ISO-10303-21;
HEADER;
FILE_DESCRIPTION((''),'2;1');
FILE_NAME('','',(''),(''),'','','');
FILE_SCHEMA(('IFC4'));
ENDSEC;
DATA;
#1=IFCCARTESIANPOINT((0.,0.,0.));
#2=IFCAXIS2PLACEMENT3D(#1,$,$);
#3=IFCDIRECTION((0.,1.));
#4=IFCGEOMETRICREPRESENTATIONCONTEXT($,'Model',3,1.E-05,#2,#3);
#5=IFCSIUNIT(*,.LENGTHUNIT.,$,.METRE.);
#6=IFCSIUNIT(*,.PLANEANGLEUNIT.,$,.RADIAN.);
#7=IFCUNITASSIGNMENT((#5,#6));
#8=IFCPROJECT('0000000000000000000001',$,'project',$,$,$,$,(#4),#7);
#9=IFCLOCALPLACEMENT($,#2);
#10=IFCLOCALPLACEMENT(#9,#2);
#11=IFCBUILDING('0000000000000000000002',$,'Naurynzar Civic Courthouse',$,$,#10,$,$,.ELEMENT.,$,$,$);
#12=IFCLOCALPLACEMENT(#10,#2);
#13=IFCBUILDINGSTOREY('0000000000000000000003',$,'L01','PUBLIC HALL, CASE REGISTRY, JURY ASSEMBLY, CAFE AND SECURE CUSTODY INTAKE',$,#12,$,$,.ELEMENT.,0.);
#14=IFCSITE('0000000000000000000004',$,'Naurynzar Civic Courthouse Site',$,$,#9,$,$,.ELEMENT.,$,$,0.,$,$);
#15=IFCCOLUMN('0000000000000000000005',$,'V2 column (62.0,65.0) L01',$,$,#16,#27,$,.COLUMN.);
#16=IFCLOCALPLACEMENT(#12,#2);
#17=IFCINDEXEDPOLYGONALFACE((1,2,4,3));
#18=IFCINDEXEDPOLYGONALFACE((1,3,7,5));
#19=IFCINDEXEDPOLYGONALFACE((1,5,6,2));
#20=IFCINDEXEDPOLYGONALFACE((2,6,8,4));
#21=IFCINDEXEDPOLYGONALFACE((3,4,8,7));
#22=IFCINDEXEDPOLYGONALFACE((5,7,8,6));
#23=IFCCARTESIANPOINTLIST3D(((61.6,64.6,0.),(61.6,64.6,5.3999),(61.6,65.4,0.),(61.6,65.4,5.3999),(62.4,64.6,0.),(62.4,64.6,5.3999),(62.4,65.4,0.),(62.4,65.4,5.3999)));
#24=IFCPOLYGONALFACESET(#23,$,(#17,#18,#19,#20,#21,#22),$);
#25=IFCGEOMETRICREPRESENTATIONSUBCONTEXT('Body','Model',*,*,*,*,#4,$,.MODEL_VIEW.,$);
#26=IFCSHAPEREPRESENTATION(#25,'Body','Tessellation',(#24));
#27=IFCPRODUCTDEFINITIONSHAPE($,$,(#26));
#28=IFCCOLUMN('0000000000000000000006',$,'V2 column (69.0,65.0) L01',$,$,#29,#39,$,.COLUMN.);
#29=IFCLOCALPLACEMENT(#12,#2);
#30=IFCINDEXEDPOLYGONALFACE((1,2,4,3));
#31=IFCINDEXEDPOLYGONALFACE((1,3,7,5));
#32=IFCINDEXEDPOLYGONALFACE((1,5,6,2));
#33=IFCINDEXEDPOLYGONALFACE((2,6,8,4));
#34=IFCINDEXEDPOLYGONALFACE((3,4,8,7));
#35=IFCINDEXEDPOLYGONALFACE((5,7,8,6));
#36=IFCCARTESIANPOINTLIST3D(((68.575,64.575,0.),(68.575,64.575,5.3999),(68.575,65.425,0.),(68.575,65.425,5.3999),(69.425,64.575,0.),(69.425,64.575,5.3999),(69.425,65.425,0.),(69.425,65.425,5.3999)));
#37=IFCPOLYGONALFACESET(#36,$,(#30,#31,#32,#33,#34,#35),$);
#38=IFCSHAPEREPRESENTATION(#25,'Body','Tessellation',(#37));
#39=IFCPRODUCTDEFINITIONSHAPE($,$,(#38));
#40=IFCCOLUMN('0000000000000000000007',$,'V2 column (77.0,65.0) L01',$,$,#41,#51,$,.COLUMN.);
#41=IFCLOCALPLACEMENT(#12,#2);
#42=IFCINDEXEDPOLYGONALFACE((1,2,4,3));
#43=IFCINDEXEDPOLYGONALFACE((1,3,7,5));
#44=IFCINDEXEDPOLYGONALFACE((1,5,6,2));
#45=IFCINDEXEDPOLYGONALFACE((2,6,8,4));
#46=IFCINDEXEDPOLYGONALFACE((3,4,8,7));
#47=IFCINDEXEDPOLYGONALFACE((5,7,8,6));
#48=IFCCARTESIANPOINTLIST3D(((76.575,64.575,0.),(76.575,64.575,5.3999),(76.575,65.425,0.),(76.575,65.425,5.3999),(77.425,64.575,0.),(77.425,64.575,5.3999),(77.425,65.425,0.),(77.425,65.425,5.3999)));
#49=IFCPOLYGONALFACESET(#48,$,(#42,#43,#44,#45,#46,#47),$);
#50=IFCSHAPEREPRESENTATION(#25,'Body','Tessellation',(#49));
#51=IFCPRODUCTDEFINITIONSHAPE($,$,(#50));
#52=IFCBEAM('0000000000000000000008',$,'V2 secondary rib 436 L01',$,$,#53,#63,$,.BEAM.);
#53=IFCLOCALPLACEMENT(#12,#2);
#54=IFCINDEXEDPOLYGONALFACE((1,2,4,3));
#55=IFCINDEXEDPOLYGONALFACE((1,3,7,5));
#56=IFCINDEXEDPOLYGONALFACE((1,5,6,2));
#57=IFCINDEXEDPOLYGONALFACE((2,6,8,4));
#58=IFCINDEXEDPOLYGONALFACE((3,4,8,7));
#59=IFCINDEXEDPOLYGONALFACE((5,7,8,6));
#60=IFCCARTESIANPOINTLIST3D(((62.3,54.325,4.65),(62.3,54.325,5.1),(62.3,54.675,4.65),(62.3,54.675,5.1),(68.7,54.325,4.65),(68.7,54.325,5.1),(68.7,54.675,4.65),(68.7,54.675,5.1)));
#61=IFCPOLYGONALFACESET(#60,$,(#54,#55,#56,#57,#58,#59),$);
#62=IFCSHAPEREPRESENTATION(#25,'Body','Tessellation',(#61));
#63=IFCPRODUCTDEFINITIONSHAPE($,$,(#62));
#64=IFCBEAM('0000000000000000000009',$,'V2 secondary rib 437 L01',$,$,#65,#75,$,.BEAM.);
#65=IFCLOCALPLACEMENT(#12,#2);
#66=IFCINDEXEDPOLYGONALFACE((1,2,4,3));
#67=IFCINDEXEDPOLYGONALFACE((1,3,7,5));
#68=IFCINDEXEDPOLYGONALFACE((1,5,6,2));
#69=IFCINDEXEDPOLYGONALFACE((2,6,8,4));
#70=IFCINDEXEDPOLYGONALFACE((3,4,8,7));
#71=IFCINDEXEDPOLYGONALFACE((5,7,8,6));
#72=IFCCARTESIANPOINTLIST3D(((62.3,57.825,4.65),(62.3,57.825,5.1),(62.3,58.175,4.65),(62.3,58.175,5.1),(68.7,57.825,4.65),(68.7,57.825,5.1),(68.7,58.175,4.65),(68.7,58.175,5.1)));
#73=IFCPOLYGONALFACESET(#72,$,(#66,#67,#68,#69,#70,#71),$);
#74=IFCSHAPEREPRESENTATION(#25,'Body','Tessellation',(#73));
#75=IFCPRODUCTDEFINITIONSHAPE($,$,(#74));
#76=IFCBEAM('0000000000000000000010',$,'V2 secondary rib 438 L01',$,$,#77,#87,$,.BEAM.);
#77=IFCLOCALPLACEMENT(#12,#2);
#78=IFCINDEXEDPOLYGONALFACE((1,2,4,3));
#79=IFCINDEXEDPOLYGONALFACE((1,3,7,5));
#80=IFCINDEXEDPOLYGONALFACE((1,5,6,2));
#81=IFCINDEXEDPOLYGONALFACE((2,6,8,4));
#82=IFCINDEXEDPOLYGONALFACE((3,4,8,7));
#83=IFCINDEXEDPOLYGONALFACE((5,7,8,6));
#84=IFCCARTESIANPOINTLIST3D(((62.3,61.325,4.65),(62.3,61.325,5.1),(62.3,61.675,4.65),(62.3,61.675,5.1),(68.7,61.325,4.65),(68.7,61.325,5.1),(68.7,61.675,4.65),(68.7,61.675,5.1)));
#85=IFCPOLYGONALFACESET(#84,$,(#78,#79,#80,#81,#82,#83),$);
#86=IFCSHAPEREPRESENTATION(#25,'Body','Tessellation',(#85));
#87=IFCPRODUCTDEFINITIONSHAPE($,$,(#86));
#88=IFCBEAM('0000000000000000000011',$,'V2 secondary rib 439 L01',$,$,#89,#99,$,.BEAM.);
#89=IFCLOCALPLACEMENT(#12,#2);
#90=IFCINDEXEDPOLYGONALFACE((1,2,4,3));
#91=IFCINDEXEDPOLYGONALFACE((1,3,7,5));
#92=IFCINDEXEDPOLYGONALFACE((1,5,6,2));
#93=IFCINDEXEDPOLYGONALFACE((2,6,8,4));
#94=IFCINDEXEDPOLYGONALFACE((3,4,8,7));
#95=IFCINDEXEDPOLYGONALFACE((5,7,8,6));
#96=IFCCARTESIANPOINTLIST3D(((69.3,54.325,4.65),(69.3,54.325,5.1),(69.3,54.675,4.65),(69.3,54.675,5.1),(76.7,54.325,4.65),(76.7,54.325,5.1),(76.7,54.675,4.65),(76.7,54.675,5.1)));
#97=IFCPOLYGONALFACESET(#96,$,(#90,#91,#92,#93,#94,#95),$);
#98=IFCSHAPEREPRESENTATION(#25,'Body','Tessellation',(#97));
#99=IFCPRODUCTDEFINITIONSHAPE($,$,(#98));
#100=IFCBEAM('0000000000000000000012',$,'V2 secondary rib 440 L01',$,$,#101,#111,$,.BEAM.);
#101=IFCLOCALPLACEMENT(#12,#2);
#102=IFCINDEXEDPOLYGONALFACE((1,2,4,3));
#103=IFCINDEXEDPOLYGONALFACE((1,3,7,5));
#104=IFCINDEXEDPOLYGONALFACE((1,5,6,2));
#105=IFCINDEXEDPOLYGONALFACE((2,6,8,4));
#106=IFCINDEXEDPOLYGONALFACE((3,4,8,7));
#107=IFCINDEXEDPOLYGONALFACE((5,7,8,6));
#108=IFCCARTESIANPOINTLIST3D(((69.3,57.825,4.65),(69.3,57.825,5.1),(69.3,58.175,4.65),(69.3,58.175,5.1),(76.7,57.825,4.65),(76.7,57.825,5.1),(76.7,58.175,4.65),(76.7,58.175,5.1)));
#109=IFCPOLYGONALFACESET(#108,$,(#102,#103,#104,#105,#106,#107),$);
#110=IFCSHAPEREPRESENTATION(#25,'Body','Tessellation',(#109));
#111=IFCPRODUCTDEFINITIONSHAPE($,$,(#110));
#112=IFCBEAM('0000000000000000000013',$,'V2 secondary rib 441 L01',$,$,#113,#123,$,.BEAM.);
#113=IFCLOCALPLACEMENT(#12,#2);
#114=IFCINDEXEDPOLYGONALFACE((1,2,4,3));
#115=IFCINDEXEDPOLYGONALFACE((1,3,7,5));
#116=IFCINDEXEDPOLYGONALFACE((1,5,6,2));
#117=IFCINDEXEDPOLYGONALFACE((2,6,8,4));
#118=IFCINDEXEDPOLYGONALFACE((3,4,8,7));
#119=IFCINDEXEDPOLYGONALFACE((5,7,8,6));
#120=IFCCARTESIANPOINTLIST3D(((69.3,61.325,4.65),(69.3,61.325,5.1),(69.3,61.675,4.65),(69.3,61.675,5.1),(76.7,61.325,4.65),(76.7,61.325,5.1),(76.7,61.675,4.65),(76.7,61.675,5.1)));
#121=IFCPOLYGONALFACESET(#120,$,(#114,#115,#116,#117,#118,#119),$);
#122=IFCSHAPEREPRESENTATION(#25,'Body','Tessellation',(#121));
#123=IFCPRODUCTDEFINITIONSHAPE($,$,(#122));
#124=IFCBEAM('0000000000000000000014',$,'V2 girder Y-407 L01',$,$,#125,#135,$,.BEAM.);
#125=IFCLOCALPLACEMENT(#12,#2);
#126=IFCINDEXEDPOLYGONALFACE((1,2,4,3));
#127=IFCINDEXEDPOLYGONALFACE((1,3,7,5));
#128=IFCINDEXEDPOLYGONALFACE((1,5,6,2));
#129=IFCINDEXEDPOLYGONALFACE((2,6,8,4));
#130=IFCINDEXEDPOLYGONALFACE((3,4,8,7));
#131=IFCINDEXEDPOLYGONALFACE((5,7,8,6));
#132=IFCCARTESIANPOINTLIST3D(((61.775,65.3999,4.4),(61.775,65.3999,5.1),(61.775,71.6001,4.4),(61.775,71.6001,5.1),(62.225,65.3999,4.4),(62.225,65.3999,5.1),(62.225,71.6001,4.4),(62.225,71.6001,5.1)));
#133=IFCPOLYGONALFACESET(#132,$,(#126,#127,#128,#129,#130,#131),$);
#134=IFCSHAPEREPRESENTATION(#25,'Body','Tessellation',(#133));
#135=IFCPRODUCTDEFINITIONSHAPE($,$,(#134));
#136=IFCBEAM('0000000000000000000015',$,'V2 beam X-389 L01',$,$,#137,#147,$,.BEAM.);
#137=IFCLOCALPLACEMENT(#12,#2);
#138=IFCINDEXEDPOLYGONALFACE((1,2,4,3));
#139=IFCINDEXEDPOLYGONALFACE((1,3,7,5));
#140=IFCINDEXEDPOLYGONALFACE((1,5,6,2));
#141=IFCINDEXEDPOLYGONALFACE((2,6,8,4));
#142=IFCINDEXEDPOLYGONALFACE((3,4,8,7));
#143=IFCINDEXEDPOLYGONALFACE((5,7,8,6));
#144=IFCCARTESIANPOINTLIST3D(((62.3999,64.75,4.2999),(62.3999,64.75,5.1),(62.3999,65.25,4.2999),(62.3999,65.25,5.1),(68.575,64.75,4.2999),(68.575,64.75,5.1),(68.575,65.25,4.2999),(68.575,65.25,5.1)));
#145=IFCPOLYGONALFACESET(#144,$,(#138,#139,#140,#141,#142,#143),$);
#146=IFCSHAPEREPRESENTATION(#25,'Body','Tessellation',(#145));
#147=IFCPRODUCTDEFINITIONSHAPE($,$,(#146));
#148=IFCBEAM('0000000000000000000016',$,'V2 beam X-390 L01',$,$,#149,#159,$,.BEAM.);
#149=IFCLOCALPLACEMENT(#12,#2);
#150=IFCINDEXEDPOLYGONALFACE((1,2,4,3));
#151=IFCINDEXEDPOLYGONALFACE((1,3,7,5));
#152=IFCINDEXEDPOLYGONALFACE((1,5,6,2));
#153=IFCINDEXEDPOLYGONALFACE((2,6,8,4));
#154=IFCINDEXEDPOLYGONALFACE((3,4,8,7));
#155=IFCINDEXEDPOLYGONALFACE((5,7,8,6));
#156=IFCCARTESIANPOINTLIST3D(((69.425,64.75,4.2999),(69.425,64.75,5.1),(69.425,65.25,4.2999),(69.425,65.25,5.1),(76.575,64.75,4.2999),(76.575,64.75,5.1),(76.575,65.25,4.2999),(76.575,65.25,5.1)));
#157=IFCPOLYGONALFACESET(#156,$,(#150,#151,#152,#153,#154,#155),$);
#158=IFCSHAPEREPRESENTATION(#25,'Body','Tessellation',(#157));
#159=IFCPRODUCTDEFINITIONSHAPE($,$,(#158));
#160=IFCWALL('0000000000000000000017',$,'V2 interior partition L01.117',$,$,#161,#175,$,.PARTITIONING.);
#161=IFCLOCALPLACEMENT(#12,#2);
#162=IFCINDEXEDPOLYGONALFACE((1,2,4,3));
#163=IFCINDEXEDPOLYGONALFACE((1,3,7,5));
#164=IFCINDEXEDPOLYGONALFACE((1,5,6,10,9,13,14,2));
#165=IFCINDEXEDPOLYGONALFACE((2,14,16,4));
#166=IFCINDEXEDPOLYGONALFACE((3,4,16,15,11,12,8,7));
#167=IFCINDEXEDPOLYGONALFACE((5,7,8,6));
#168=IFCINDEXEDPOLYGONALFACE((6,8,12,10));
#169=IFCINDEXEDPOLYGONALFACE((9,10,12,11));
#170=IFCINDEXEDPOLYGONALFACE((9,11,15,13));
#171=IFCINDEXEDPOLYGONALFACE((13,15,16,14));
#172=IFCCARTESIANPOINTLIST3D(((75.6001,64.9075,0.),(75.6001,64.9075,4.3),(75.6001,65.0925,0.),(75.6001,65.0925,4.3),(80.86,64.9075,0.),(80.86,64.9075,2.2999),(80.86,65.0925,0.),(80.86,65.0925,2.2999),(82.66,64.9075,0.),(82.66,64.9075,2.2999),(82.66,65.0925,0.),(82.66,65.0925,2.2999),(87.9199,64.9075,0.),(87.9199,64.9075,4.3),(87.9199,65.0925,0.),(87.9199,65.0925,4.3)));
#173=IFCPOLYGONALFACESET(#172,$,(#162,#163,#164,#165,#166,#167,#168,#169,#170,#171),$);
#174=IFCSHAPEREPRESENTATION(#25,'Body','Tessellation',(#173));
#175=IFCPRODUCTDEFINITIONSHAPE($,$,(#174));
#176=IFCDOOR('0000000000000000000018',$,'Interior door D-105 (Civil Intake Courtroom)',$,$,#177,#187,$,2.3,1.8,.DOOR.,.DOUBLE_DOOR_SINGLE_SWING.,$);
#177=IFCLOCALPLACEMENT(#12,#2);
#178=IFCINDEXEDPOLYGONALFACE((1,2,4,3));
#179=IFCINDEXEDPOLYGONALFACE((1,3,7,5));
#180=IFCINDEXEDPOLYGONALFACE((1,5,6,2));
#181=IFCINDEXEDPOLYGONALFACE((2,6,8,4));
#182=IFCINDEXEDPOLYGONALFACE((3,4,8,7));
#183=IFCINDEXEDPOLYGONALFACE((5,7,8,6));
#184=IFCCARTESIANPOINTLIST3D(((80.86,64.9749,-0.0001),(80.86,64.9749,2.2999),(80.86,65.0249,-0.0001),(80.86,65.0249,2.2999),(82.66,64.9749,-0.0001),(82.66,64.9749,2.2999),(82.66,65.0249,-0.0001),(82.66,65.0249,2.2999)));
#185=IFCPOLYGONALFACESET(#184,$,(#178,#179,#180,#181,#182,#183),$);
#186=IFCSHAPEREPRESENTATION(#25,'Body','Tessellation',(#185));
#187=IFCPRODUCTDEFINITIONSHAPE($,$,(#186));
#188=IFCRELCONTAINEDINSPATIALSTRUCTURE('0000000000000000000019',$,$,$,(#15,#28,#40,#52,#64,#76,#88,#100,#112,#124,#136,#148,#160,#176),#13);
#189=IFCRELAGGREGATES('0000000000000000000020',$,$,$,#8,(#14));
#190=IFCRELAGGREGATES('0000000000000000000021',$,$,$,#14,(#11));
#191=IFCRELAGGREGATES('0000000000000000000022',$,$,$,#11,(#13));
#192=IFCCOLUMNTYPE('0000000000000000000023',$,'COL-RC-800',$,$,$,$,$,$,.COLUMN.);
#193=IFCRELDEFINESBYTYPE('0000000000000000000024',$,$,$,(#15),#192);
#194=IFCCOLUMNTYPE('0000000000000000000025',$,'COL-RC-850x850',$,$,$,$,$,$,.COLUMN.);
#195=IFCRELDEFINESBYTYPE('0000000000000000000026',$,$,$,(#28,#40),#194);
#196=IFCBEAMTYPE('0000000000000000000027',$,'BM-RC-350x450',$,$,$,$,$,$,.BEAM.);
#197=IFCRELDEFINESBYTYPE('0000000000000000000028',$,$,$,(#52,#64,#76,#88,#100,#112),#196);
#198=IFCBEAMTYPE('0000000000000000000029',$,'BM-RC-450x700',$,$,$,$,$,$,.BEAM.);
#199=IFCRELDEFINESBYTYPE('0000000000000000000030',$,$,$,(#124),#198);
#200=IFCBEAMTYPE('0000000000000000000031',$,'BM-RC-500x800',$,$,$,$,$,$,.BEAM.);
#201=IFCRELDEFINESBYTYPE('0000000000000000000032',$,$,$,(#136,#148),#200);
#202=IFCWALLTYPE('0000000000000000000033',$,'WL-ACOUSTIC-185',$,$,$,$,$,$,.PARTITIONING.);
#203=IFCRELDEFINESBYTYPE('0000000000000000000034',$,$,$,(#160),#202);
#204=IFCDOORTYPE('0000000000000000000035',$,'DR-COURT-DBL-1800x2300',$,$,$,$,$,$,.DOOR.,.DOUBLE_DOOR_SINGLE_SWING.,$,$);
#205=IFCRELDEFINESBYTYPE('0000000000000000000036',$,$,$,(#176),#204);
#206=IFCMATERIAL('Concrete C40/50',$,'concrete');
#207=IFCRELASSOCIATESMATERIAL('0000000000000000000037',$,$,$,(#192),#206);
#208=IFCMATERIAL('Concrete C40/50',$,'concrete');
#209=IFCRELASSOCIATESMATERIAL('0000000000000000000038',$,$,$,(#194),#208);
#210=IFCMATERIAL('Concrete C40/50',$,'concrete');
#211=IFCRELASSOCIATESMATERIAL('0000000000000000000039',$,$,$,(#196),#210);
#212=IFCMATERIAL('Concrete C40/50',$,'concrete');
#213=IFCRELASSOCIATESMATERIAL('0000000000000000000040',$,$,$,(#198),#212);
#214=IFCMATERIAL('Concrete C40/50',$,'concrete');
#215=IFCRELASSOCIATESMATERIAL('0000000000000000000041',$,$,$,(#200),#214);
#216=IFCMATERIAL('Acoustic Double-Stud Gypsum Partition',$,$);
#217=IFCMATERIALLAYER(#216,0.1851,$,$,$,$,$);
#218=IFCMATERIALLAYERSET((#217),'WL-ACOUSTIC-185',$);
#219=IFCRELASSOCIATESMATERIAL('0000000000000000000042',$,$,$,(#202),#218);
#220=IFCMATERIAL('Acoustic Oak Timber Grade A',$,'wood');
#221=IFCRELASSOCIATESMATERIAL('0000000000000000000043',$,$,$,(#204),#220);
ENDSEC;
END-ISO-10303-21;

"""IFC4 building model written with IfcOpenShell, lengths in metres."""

from ifc_helpers import new_model, si_unit, direction, frame, frame_2d, origin, origin_2d, place, context, subcontext, project, spatial, rectangle, extrude, material, layer, layer_set, material_profile, profile_set, type_object, element, fill, save


model = new_model("IFC4")

# Units and contexts
model_context = context("Model", 3, precision=1e-05, world=origin(), true_north=direction((0.0, 1.0)))
body_context = subcontext(model_context, "Body", "Model", "MODEL_VIEW")
ifc_project = project(units=[si_unit("LENGTHUNIT", "METRE"), si_unit("PLANEANGLEUNIT", "RADIAN")], contexts=[model_context])

# Site, building, storey
site_placement = place(None, origin())
site = spatial("IfcSite", under=ifc_project, at=site_placement, Name="Naurynzar Civic Courthouse Site", CompositionType="ELEMENT", RefElevation=0.0)
building_placement = place(site_placement, origin())
building = spatial("IfcBuilding", under=site, at=building_placement, Name="Naurynzar Civic Courthouse", CompositionType="ELEMENT")
storey_placement = place(building_placement, origin())
storey = spatial("IfcBuildingStorey", under=building, at=storey_placement, Name="L01", Description="PUBLIC HALL, CASE REGISTRY, JURY ASSEMBLY, CAFE AND SECURE CUSTODY INTAKE", CompositionType="ELEMENT", Elevation=0.0)

# Columns
ifc_material_1 = material(Name="Concrete C40/50", Category="concrete")
ifc_material_profile_1 = material_profile(ifc_material_1, rectangle(XDim=0.8, YDim=0.8, at=origin_2d()), Name="RC 800x800")
ifc_profile_set_1 = profile_set([ifc_material_profile_1], Name="Concrete C40/50")
column_type_1 = type_object("IfcColumnType", Name="COL-RC-800", PredefinedType="COLUMN", material=ifc_profile_set_1)
column_placement = place(storey_placement, frame((62.0, 65.0, 0.0), z_axis=(0.0, 0.0, 1.0), x_axis=(1.0, 0.0, 0.0)))
element("IfcColumn", 1, at=column_placement, inside=storey, type_object=column_type_1, Name="V2 column (62.0,65.0) L01", PredefinedType="COLUMN", context=body_context, shape_type="SweptSolid", body=[
    extrude(rectangle(XDim=0.8, YDim=0.8, at=origin_2d()), origin(), (0.0, 0.0, 1.0), 5.3999),
])
ifc_material_2 = material(Name="Concrete C40/50", Category="concrete")
ifc_material_profile_2 = material_profile(ifc_material_2, rectangle(XDim=0.8501, YDim=0.8501, at=origin_2d()), Name="RC 850x850")
ifc_profile_set_2 = profile_set([ifc_material_profile_2], Name="Concrete C40/50")
column_type_2 = type_object("IfcColumnType", Name="COL-RC-850x850", PredefinedType="COLUMN", material=ifc_profile_set_2)
for number, where, z_axis, x_axis, name in (
    (2, (69.0, 65.0, 0.0), (0.0, 0.0, 1.0), (1.0, 0.0, 0.0), "V2 column (69.0,65.0) L01"),
    (3, (77.0, 65.0, 0.0), (0.0, 0.0, 1.0), (1.0, 0.0, 0.0), "V2 column (77.0,65.0) L01"),
):
    element("IfcColumn", number, at=place(storey_placement, frame(where, z_axis=z_axis, x_axis=x_axis)), inside=storey, type_object=column_type_2, Name=name, PredefinedType="COLUMN", context=body_context, shape_type="SweptSolid", body=[
        extrude(rectangle(XDim=0.8501, YDim=0.8501, at=origin_2d()), origin(), (0.0, 0.0, 1.0), 5.3999),
    ])

# Beams
ifc_material_3 = material(Name="Concrete C40/50", Category="concrete")
ifc_material_profile_3 = material_profile(ifc_material_3, rectangle(XDim=0.3501, YDim=0.45, at=origin_2d()), Name="RCB 350x450")
ifc_profile_set_3 = profile_set([ifc_material_profile_3], Name="Concrete C40/50")
beam_type_1 = type_object("IfcBeamType", Name="BM-RC-350x450", PredefinedType="BEAM", material=ifc_profile_set_3)
for number, where, z_axis, x_axis, name in (
    (4, (62.3, 54.5, 4.875), (1.0, 0.0, 0.0), (0.0, 1.0, 0.0), "V2 secondary rib 436 L01"),
    (5, (62.3, 58.0, 4.875), (1.0, 0.0, 0.0), (0.0, 1.0, 0.0), "V2 secondary rib 437 L01"),
    (6, (62.3, 61.5, 4.875), (1.0, 0.0, 0.0), (0.0, 1.0, 0.0), "V2 secondary rib 438 L01"),
):
    element("IfcBeam", number, at=place(storey_placement, frame(where, z_axis=z_axis, x_axis=x_axis)), inside=storey, type_object=beam_type_1, Name=name, PredefinedType="BEAM", context=body_context, shape_type="SweptSolid", body=[
        extrude(rectangle(XDim=0.3501, YDim=0.45, at=origin_2d()), origin(), (0.0, 0.0, 1.0), 6.3999),
    ])
for number, where, z_axis, x_axis, name in (
    (7, (69.3, 54.5, 4.875), (1.0, 0.0, 0.0), (0.0, 1.0, 0.0), "V2 secondary rib 439 L01"),
    (8, (69.3, 58.0, 4.875), (1.0, 0.0, 0.0), (0.0, 1.0, 0.0), "V2 secondary rib 440 L01"),
    (9, (69.3, 61.5, 4.875), (1.0, 0.0, 0.0), (0.0, 1.0, 0.0), "V2 secondary rib 441 L01"),
):
    element("IfcBeam", number, at=place(storey_placement, frame(where, z_axis=z_axis, x_axis=x_axis)), inside=storey, type_object=beam_type_1, Name=name, PredefinedType="BEAM", context=body_context, shape_type="SweptSolid", body=[
        extrude(rectangle(XDim=0.3501, YDim=0.45, at=origin_2d()), origin(), (0.0, 0.0, 1.0), 7.3999),
    ])
ifc_material_4 = material(Name="Concrete C40/50", Category="concrete")
ifc_material_profile_4 = material_profile(ifc_material_4, rectangle(XDim=0.45, YDim=0.7, at=origin_2d()), Name="RCB 450x700")
ifc_profile_set_4 = profile_set([ifc_material_profile_4], Name="Concrete C40/50")
beam_type_2 = type_object("IfcBeamType", Name="BM-RC-450x700", PredefinedType="BEAM", material=ifc_profile_set_4)
beam_1_placement = place(storey_placement, frame((62.0, 65.3999, 4.75), z_axis=(0.0, 1.0, 0.0), x_axis=(-1.0, 0.0, 0.0)))
element("IfcBeam", 10, at=beam_1_placement, inside=storey, type_object=beam_type_2, Name="V2 girder Y-407 L01", PredefinedType="BEAM", context=body_context, shape_type="SweptSolid", body=[
    extrude(rectangle(XDim=0.45, YDim=0.7, at=origin_2d()), origin(), (0.0, 0.0, 1.0), 6.2002),
])
ifc_material_5 = material(Name="Concrete C40/50", Category="concrete")
ifc_material_profile_5 = material_profile(ifc_material_5, rectangle(XDim=0.5, YDim=0.8, at=origin_2d()), Name="RCB 500x800")
ifc_profile_set_5 = profile_set([ifc_material_profile_5], Name="Concrete C40/50")
beam_type_3 = type_object("IfcBeamType", Name="BM-RC-500x800", PredefinedType="BEAM", material=ifc_profile_set_5)
beam_2_placement = place(storey_placement, frame((62.3999, 65.0, 4.7), z_axis=(1.0, 0.0, 0.0), x_axis=(0.0, 1.0, 0.0)))
element("IfcBeam", 11, at=beam_2_placement, inside=storey, type_object=beam_type_3, Name="V2 beam X-389 L01", PredefinedType="BEAM", context=body_context, shape_type="SweptSolid", body=[
    extrude(rectangle(XDim=0.5, YDim=0.8, at=origin_2d()), origin(), (0.0, 0.0, 1.0), 6.175),
])
beam_3_placement = place(storey_placement, frame((69.425, 65.0, 4.7), z_axis=(1.0, 0.0, 0.0), x_axis=(0.0, 1.0, 0.0)))
element("IfcBeam", 12, at=beam_3_placement, inside=storey, type_object=beam_type_3, Name="V2 beam X-390 L01", PredefinedType="BEAM", context=body_context, shape_type="SweptSolid", body=[
    extrude(rectangle(XDim=0.5, YDim=0.8, at=origin_2d()), origin(), (0.0, 0.0, 1.0), 7.1499),
])

# Wall, opening, door
ifc_material_6 = material(Name="Acoustic Double-Stud Gypsum Partition")
ifc_layer_1 = layer(ifc_material_6, 0.1851)
ifc_layer_set_1 = layer_set([ifc_layer_1], Name="WL-ACOUSTIC-185")
wall_type_1 = type_object("IfcWallType", Name="WL-ACOUSTIC-185", PredefinedType="PARTITIONING", material=ifc_layer_set_1)
wall_1_placement = place(storey_placement, frame((75.6001, 65.0, 0.0), z_axis=(0.0, 0.0, 1.0), x_axis=(1.0, 0.0, 0.0)))
wall_1 = element("IfcWall", 13, at=wall_1_placement, inside=storey, type_object=wall_type_1, Name="V2 interior partition L01.117", PredefinedType="PARTITIONING", context=body_context, shape_type="SweptSolid", body=[
    extrude(rectangle(XDim=12.3198, YDim=0.1851, at=frame_2d((6.1599, 0.0))), origin(), (0.0, 0.0, 1.0), 4.3),
])
opening_1_placement = place(wall_1_placement, frame((5.26, 0.0, 0.0)))
opening_1 = element("IfcOpeningElement", 14, at=opening_1_placement, cuts=wall_1, PredefinedType="OPENING", context=body_context, shape_type="SweptSolid", body=[
    extrude(rectangle(XDim=1.8, YDim=2.3, at=frame_2d((0.8999, 1.1499))), frame((0.0, 0.1025, 0.0), z_axis=(0.0, -1.0, 0.0), x_axis=(1.0, 0.0, 0.0)), (0.0, 0.0, 1.0), 0.2051),
])
ifc_material_7 = material(Name="Acoustic Oak Timber Grade A", Category="wood")
door_type = type_object("IfcDoorType", Name="DR-COURT-DBL-1800x2300", OperationType="DOUBLE_DOOR_SINGLE_SWING", PredefinedType="DOOR", material=ifc_material_7)
door_placement = place(opening_1_placement, origin())
door = element("IfcDoor", 15, at=door_placement, inside=storey, type_object=door_type, Name="Interior door D-105 (Civil Intake Courtroom)", OperationType="DOUBLE_DOOR_SINGLE_SWING", OverallHeight=2.3, OverallWidth=1.8, PredefinedType="DOOR", context=body_context, shape_type="SweptSolid", body=[
    extrude(rectangle(XDim=1.8, YDim=2.3, at=frame_2d((0.8999, 1.1499))), frame((0.0, 0.0249, 0.0), z_axis=(0.0, -1.0, 0.0), x_axis=(1.0, 0.0, 0.0)), (0.0, 0.0, 1.0), 0.05),
])
fill(opening_1, door)

save(model, "model.ifc")
